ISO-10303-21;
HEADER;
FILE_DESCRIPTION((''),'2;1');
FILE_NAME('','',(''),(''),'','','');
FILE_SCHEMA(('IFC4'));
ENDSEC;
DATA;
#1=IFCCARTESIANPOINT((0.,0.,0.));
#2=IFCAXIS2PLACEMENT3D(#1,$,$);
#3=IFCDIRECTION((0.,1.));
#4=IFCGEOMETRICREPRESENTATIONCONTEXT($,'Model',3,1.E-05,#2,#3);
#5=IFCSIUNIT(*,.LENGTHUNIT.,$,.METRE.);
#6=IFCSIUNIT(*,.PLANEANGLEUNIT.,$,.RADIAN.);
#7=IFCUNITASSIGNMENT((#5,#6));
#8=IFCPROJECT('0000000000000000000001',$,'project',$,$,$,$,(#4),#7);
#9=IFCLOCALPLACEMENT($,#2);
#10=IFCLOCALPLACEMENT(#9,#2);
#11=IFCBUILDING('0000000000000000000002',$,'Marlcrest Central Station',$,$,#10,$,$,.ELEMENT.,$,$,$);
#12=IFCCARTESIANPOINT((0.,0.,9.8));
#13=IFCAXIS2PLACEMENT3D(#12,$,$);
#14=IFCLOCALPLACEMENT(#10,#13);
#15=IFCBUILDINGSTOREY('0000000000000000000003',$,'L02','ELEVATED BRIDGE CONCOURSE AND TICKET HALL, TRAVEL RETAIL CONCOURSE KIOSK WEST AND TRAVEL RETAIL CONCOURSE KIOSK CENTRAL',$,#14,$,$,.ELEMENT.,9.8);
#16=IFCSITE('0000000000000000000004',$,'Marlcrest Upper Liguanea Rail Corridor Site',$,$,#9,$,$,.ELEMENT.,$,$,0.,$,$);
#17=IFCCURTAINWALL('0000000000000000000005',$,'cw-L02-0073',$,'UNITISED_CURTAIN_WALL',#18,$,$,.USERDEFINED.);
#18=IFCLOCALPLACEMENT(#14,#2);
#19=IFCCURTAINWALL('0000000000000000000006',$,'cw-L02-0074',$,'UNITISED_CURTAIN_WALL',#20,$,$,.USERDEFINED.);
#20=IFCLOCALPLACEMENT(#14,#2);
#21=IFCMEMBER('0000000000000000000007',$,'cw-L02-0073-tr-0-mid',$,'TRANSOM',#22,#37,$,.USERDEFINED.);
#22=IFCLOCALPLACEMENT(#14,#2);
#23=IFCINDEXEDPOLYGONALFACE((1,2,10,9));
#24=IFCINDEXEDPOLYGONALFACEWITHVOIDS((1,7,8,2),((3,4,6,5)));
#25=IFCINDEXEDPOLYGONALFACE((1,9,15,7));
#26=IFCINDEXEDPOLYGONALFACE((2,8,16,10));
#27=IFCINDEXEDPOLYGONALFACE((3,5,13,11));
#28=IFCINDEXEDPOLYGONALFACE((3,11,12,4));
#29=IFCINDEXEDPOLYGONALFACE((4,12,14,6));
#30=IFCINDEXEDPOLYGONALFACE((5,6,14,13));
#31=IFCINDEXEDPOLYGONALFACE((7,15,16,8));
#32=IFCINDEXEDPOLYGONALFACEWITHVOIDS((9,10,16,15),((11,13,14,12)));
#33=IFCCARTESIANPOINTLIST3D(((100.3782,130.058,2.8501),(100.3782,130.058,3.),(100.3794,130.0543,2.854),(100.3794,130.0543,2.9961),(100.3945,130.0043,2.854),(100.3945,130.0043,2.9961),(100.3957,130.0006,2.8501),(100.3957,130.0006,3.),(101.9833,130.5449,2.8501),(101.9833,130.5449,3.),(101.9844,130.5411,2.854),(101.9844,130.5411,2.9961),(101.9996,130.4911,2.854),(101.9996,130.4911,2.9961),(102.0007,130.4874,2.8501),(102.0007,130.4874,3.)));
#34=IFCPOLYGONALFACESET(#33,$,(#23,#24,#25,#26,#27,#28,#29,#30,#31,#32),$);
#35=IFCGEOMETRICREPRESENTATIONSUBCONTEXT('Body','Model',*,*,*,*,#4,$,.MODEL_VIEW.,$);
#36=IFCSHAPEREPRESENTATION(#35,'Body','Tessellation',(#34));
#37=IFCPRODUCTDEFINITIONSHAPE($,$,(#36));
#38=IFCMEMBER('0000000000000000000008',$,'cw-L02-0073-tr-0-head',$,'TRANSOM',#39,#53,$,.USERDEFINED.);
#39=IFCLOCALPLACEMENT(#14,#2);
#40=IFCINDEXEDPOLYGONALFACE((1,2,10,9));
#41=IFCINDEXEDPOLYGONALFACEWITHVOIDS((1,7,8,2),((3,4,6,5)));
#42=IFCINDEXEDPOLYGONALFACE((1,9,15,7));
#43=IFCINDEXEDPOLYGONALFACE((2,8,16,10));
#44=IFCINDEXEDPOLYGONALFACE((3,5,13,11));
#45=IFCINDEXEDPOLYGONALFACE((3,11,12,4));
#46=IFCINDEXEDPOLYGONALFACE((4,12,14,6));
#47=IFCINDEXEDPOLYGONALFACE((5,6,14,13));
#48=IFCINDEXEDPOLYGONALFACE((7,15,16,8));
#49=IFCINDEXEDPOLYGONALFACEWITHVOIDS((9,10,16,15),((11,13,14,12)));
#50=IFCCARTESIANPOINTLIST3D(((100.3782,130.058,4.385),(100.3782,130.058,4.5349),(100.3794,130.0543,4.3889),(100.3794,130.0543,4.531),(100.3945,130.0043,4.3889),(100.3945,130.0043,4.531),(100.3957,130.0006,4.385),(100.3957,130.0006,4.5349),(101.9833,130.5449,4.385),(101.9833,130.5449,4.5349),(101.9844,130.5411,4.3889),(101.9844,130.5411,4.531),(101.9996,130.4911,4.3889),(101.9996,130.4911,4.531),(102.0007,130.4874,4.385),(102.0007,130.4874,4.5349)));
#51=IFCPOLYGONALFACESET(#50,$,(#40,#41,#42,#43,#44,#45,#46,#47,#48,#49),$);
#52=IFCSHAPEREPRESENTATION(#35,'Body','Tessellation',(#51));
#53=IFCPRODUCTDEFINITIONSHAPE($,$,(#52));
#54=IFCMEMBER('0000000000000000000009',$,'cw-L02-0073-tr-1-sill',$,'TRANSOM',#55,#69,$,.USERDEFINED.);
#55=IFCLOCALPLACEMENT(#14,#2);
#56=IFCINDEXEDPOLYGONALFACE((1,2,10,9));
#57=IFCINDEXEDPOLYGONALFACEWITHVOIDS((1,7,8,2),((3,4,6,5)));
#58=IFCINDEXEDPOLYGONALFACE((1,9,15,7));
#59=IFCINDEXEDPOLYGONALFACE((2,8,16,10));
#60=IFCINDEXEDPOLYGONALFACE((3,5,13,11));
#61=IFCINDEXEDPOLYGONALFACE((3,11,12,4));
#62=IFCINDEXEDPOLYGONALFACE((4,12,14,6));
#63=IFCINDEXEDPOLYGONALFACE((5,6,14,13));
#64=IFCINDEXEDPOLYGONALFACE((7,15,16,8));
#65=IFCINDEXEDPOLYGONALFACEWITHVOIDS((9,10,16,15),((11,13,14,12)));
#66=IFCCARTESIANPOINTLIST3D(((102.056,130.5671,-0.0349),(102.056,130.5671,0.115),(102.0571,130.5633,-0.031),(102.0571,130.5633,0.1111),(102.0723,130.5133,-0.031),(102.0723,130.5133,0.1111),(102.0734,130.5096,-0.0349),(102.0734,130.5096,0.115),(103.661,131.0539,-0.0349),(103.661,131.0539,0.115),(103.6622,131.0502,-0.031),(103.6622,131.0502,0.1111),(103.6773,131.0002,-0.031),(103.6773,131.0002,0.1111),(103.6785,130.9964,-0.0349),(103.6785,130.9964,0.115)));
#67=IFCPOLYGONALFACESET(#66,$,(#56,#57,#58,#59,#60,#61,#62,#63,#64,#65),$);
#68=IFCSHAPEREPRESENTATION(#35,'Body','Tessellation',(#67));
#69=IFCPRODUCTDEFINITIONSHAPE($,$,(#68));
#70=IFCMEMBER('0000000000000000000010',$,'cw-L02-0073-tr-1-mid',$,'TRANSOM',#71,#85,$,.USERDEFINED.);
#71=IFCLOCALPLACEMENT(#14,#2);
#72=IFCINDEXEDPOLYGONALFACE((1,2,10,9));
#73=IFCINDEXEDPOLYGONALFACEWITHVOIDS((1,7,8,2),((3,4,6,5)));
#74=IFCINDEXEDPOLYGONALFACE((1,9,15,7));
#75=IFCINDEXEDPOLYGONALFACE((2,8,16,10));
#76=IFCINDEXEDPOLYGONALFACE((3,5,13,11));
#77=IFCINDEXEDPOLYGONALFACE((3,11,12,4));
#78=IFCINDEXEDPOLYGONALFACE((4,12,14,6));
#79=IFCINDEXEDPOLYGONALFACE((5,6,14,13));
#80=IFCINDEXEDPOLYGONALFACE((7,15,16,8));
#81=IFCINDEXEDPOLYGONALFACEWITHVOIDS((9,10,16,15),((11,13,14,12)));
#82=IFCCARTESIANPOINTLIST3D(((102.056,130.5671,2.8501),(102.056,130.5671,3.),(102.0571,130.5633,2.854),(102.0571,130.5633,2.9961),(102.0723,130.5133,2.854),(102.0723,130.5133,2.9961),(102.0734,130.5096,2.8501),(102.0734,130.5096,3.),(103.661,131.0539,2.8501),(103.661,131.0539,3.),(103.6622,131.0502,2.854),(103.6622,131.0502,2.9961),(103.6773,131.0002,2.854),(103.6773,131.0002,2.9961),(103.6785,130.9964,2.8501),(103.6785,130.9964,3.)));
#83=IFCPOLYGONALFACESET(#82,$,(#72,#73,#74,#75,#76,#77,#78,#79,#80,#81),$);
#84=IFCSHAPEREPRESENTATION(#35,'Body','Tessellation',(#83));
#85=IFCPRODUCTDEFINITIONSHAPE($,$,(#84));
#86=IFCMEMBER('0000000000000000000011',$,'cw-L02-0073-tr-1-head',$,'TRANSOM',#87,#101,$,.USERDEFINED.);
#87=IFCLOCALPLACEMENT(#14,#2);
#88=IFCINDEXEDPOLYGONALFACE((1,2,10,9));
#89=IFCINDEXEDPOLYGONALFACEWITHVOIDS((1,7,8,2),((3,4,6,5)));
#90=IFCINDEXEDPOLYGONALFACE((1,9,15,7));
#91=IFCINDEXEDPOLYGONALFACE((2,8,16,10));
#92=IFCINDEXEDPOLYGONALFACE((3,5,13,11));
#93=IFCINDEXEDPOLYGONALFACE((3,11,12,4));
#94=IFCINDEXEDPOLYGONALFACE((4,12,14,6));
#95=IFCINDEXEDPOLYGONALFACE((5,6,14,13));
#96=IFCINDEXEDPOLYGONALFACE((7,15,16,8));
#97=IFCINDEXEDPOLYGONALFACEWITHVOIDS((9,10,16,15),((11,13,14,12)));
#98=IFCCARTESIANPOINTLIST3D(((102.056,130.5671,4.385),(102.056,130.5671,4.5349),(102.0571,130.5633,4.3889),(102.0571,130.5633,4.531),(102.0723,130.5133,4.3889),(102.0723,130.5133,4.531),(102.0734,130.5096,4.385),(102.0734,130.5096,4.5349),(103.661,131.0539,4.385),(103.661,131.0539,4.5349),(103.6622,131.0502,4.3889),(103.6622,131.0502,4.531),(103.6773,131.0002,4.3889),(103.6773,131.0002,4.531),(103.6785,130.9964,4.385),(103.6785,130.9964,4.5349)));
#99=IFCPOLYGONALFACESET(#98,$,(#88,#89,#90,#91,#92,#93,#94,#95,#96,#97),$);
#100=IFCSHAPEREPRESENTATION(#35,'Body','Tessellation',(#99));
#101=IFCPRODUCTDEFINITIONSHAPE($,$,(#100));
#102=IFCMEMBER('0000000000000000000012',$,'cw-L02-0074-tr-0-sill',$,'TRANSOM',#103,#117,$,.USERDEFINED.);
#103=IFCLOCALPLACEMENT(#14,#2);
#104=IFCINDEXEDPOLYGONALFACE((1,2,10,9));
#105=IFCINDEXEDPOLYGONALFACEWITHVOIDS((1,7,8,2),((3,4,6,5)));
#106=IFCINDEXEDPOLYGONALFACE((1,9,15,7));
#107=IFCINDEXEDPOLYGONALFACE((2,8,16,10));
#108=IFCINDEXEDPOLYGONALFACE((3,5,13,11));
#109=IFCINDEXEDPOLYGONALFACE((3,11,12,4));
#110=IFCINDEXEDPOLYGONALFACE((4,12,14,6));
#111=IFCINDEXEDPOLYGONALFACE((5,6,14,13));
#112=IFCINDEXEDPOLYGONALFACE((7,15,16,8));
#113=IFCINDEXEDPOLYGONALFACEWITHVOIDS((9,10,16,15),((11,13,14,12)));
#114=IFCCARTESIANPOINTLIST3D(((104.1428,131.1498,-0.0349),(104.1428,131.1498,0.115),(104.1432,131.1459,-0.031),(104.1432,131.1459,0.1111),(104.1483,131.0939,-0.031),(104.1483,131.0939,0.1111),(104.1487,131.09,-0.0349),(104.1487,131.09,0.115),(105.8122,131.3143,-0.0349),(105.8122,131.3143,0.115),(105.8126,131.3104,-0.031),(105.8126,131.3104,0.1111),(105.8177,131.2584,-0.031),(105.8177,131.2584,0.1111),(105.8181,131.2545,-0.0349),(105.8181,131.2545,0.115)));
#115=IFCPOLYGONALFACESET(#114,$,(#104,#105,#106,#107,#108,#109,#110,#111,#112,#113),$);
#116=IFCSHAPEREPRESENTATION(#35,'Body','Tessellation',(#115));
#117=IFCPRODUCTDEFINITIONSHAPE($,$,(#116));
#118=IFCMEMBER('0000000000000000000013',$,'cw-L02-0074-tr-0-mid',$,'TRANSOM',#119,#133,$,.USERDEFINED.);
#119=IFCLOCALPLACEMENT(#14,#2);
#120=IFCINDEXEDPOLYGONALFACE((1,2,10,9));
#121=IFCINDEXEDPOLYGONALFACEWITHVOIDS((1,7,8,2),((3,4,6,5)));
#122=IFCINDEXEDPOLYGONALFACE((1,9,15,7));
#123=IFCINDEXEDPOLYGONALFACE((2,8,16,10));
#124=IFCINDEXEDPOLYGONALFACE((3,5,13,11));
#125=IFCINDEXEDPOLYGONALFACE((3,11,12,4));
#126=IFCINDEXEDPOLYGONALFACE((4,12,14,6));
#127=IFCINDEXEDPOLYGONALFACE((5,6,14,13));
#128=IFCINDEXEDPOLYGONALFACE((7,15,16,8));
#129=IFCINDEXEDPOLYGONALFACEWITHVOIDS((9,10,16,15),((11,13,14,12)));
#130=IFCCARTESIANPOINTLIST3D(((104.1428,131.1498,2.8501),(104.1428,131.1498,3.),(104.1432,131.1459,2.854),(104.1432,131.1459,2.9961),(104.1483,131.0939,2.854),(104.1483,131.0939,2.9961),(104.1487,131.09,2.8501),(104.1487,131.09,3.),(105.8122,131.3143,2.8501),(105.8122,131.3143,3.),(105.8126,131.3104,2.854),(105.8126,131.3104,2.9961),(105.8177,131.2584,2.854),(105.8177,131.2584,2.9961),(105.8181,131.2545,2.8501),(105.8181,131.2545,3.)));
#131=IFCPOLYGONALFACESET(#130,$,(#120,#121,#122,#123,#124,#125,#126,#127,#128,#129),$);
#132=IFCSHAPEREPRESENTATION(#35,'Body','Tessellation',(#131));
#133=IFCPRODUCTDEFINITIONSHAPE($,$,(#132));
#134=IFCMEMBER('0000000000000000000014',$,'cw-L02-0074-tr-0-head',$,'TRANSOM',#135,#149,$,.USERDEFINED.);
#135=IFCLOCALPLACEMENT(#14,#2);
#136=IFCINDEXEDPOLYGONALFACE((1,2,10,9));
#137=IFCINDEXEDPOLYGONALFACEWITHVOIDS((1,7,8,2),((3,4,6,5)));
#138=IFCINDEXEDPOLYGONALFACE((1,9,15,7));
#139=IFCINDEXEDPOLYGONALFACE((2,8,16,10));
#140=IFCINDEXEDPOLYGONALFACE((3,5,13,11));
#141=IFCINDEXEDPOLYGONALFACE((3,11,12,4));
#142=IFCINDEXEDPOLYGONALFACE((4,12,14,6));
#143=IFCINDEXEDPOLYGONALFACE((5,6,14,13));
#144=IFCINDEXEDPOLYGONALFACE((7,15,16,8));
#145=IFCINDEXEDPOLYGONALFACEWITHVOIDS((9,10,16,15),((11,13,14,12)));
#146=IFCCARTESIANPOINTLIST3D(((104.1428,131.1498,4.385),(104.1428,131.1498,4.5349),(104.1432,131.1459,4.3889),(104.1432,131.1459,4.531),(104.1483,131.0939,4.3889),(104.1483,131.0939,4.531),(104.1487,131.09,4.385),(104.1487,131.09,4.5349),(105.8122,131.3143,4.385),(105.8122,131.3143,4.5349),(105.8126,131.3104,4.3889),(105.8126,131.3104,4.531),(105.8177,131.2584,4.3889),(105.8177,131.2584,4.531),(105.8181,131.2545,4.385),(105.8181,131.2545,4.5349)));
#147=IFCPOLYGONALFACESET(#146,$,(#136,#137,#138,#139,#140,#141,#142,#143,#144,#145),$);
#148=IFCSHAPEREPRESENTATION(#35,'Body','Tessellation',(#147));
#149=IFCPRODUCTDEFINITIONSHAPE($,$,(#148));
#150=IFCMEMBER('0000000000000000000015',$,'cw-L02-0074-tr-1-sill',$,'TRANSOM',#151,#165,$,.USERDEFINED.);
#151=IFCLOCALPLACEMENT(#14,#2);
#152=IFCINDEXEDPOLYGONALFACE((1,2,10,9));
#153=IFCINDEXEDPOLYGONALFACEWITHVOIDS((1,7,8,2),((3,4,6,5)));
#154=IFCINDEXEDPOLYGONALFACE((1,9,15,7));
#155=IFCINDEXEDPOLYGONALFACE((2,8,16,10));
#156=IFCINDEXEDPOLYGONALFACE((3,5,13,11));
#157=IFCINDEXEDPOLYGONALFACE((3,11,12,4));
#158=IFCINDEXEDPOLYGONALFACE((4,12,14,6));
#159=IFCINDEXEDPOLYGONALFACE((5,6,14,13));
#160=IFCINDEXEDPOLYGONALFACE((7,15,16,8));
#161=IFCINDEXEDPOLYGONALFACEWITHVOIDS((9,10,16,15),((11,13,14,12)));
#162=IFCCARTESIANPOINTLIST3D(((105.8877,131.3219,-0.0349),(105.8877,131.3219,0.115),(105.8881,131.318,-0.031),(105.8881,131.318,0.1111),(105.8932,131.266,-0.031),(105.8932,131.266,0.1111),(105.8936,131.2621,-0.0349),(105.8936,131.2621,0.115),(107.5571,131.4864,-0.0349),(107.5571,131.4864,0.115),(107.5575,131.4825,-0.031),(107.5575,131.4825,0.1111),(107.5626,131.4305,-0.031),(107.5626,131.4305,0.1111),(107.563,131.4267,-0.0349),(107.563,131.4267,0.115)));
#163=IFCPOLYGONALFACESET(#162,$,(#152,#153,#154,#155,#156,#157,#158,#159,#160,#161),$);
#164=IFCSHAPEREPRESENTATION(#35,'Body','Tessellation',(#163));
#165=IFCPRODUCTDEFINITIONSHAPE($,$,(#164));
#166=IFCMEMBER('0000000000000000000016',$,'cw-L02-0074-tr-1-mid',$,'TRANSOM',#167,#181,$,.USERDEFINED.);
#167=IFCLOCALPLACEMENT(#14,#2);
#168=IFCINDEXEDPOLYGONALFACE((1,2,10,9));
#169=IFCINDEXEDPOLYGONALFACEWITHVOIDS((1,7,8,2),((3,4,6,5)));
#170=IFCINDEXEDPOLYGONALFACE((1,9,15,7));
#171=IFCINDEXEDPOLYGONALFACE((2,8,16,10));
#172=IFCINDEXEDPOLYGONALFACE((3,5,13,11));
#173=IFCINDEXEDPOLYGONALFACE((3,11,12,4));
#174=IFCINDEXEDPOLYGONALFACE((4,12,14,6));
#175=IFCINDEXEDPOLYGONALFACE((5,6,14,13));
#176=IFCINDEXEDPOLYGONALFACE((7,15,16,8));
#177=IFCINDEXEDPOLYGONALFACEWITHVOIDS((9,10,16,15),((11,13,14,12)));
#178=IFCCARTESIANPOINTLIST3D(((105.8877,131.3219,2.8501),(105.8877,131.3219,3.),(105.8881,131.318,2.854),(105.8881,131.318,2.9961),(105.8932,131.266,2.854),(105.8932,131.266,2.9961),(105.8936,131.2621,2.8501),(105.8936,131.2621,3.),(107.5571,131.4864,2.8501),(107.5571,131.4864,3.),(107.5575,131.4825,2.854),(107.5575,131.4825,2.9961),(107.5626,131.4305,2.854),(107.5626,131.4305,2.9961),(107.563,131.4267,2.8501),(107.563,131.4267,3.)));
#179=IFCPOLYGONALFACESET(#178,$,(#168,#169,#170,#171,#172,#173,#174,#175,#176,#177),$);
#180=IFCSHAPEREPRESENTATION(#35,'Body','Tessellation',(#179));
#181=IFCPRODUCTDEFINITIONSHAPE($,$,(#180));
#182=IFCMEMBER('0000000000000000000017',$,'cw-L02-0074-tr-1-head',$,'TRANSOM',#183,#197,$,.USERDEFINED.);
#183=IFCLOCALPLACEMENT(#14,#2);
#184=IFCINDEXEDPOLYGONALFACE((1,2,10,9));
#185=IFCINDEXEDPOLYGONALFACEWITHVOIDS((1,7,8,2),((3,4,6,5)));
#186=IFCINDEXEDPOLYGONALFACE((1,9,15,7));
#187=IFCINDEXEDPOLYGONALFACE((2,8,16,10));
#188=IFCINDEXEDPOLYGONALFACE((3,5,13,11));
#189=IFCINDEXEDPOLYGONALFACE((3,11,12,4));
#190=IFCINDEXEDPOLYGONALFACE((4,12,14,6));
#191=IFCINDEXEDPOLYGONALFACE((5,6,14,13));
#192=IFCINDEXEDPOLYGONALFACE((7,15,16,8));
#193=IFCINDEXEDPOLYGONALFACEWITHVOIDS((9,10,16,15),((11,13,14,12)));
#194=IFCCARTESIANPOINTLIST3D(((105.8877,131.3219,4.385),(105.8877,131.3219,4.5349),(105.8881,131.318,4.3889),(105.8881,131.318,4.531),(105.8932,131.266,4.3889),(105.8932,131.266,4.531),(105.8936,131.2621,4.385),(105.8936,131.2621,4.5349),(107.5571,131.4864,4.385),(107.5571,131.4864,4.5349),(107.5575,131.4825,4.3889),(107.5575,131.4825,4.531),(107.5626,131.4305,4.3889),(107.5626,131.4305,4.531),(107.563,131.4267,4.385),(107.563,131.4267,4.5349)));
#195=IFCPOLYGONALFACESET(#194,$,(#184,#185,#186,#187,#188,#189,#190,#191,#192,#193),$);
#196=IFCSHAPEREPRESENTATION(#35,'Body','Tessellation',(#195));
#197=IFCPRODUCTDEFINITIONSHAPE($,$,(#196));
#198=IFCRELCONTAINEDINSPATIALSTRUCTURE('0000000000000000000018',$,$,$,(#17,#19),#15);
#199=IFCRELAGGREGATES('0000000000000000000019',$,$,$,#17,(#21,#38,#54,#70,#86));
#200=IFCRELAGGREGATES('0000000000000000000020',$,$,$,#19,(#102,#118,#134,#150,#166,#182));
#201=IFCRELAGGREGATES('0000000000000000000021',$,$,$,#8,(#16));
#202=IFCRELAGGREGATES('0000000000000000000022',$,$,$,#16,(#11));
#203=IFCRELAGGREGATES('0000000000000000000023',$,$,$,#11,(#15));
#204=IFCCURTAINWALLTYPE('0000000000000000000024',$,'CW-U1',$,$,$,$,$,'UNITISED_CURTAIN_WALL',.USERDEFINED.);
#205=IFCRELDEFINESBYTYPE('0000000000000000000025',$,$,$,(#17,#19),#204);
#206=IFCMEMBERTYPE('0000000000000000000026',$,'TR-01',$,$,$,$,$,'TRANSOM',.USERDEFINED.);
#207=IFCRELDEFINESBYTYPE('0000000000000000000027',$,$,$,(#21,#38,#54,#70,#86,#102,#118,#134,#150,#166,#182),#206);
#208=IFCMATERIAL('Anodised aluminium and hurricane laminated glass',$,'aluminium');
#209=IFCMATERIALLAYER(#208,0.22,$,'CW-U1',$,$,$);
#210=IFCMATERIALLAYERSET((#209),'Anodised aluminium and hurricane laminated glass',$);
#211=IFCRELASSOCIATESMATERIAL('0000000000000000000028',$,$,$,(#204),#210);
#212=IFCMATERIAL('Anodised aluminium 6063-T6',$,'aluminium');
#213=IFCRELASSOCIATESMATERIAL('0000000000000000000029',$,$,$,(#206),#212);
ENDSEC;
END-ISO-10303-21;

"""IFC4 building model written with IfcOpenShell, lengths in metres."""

from ifc_helpers import new_model, si_unit, direction, frame, origin, origin_2d, place, context, subcontext, project, spatial, hollow_rectangle, extrude, material, layer, layer_set, material_profile, profile_set, type_object, element, aggregate, save


model = new_model("IFC4")

# Units and contexts
model_context = context("Model", 3, precision=1e-05, world=origin(), true_north=direction((0.0, 1.0)))
body_context = subcontext(model_context, "Body", "Model", "MODEL_VIEW")
ifc_project = project(units=[si_unit("LENGTHUNIT", "METRE"), si_unit("PLANEANGLEUNIT", "RADIAN")], contexts=[model_context])

# Site, building, storey
site_placement = place(None, origin())
site = spatial("IfcSite", under=ifc_project, at=site_placement, Name="Marlcrest Upper Liguanea Rail Corridor Site", CompositionType="ELEMENT", RefElevation=0.0)
building_placement = place(site_placement, origin())
building = spatial("IfcBuilding", under=site, at=building_placement, Name="Marlcrest Central Station", CompositionType="ELEMENT")
storey_placement = place(building_placement, frame((0.0, 0.0, 9.8)))
storey = spatial("IfcBuildingStorey", under=building, at=storey_placement, Name="L02", Description="ELEVATED BRIDGE CONCOURSE AND TICKET HALL, TRAVEL RETAIL CONCOURSE KIOSK WEST AND TRAVEL RETAIL CONCOURSE KIOSK CENTRAL", CompositionType="ELEMENT", Elevation=9.8)

# Curtain walls
ifc_material_1 = material(Name="Anodised aluminium and hurricane laminated glass", Category="aluminium")
ifc_layer_1 = layer(ifc_material_1, 0.22, Name="CW-U1")
ifc_layer_set_1 = layer_set([ifc_layer_1], Name="Anodised aluminium and hurricane laminated glass")
curtain_wall_type = type_object("IfcCurtainWallType", Name="CW-U1", ElementType="UNITISED_CURTAIN_WALL", PredefinedType="USERDEFINED", material=ifc_layer_set_1)
curtain_wall_1_placement = place(storey_placement, origin())
curtain_wall_1 = element("IfcCurtainWall", 1, at=curtain_wall_1_placement, inside=storey, type_object=curtain_wall_type, Name="cw-L02-0073", ObjectType="UNITISED_CURTAIN_WALL", PredefinedType="USERDEFINED")
ifc_material_2 = material(Name="Anodised aluminium 6063-T6", Category="aluminium")
curtain_wall_2_placement = place(storey_placement, origin())
curtain_wall_2 = element("IfcCurtainWall", 2, at=curtain_wall_2_placement, inside=storey, type_object=curtain_wall_type, Name="cw-L02-0074", ObjectType="UNITISED_CURTAIN_WALL", PredefinedType="USERDEFINED")

# Members
ifc_material_profile_1 = material_profile(ifc_material_2, hollow_rectangle(XDim=0.0601, YDim=0.1499, WallThickness=0.0039, at=origin_2d()), Name="AA-RHS 150x60x4")
ifc_profile_set_1 = profile_set([ifc_material_profile_1], Name="Anodised aluminium 6063-T6")
member_type_1 = type_object("IfcMemberType", Name="TR-01", ElementType="TRANSOM", PredefinedType="USERDEFINED", material=ifc_profile_set_1)
member_1_placement = place(storey_placement, frame((100.387, 130.0293, 2.925), z_axis=(0.956948, 0.290258, 0.0), x_axis=(-0.290258, 0.956948, 0.0)))
member_1 = element("IfcMember", 3, at=member_1_placement, type_object=member_type_1, Name="cw-L02-0073-tr-0-mid", ObjectType="TRANSOM", PredefinedType="USERDEFINED", context=body_context, shape_type="SweptSolid", body=[
    extrude(hollow_rectangle(XDim=0.0601, YDim=0.1499, WallThickness=0.0039, at=origin_2d()), origin(), (0.0, 0.0, 1.0), 1.6772),
])
member_2_placement = place(storey_placement, frame((100.387, 130.0293, 4.46), z_axis=(0.956948, 0.290258, 0.0), x_axis=(-0.290258, 0.956948, 0.0)))
member_2 = element("IfcMember", 4, at=member_2_placement, type_object=member_type_1, Name="cw-L02-0073-tr-0-head", ObjectType="TRANSOM", PredefinedType="USERDEFINED", context=body_context, shape_type="SweptSolid", body=[
    extrude(hollow_rectangle(XDim=0.0601, YDim=0.1499, WallThickness=0.0039, at=origin_2d()), origin(), (0.0, 0.0, 1.0), 1.6772),
])
member_3_placement = place(storey_placement, frame((102.0647, 130.5383, 0.04), z_axis=(0.956948, 0.290258, 0.0), x_axis=(-0.290258, 0.956948, 0.0)))
member_3 = element("IfcMember", 5, at=member_3_placement, type_object=member_type_1, Name="cw-L02-0073-tr-1-sill", ObjectType="TRANSOM", PredefinedType="USERDEFINED", context=body_context, shape_type="SweptSolid", body=[
    extrude(hollow_rectangle(XDim=0.0601, YDim=0.1499, WallThickness=0.0039, at=origin_2d()), origin(), (0.0, 0.0, 1.0), 1.6772),
])
member_4_placement = place(storey_placement, frame((102.0647, 130.5383, 2.925), z_axis=(0.956948, 0.290258, 0.0), x_axis=(-0.290258, 0.956948, 0.0)))
member_4 = element("IfcMember", 6, at=member_4_placement, type_object=member_type_1, Name="cw-L02-0073-tr-1-mid", ObjectType="TRANSOM", PredefinedType="USERDEFINED", context=body_context, shape_type="SweptSolid", body=[
    extrude(hollow_rectangle(XDim=0.0601, YDim=0.1499, WallThickness=0.0039, at=origin_2d()), origin(), (0.0, 0.0, 1.0), 1.6772),
])
member_5_placement = place(storey_placement, frame((102.0647, 130.5383, 4.46), z_axis=(0.956948, 0.290258, 0.0), x_axis=(-0.290258, 0.956948, 0.0)))
member_5 = element("IfcMember", 7, at=member_5_placement, type_object=member_type_1, Name="cw-L02-0073-tr-1-head", ObjectType="TRANSOM", PredefinedType="USERDEFINED", context=body_context, shape_type="SweptSolid", body=[
    extrude(hollow_rectangle(XDim=0.0601, YDim=0.1499, WallThickness=0.0039, at=origin_2d()), origin(), (0.0, 0.0, 1.0), 1.6772),
])
member_6_placement = place(storey_placement, frame((104.1458, 131.1199, 0.04), z_axis=(0.995177, 0.098091, 0.0), x_axis=(-0.098091, 0.995177, 0.0)))
member_6 = element("IfcMember", 8, at=member_6_placement, type_object=member_type_1, Name="cw-L02-0074-tr-0-sill", ObjectType="TRANSOM", PredefinedType="USERDEFINED", context=body_context, shape_type="SweptSolid", body=[
    extrude(hollow_rectangle(XDim=0.0601, YDim=0.1499, WallThickness=0.0039, at=origin_2d()), origin(), (0.0, 0.0, 1.0), 1.6775),
])
member_7_placement = place(storey_placement, frame((104.1458, 131.1199, 2.925), z_axis=(0.995177, 0.098091, 0.0), x_axis=(-0.098091, 0.995177, 0.0)))
member_7 = element("IfcMember", 9, at=member_7_placement, type_object=member_type_1, Name="cw-L02-0074-tr-0-mid", ObjectType="TRANSOM", PredefinedType="USERDEFINED", context=body_context, shape_type="SweptSolid", body=[
    extrude(hollow_rectangle(XDim=0.0601, YDim=0.1499, WallThickness=0.0039, at=origin_2d()), origin(), (0.0, 0.0, 1.0), 1.6775),
])
member_8_placement = place(storey_placement, frame((104.1458, 131.1199, 4.46), z_axis=(0.995177, 0.098091, 0.0), x_axis=(-0.098091, 0.995177, 0.0)))
member_8 = element("IfcMember", 10, at=member_8_placement, type_object=member_type_1, Name="cw-L02-0074-tr-0-head", ObjectType="TRANSOM", PredefinedType="USERDEFINED", context=body_context, shape_type="SweptSolid", body=[
    extrude(hollow_rectangle(XDim=0.0601, YDim=0.1499, WallThickness=0.0039, at=origin_2d()), origin(), (0.0, 0.0, 1.0), 1.6775),
])
member_9_placement = place(storey_placement, frame((105.8906, 131.292, 0.04), z_axis=(0.995177, 0.098091, 0.0), x_axis=(-0.098091, 0.995177, 0.0)))
member_9 = element("IfcMember", 11, at=member_9_placement, type_object=member_type_1, Name="cw-L02-0074-tr-1-sill", ObjectType="TRANSOM", PredefinedType="USERDEFINED", context=body_context, shape_type="SweptSolid", body=[
    extrude(hollow_rectangle(XDim=0.0601, YDim=0.1499, WallThickness=0.0039, at=origin_2d()), origin(), (0.0, 0.0, 1.0), 1.6775),
])
member_10_placement = place(storey_placement, frame((105.8906, 131.292, 2.925), z_axis=(0.995177, 0.098091, 0.0), x_axis=(-0.098091, 0.995177, 0.0)))
member_10 = element("IfcMember", 12, at=member_10_placement, type_object=member_type_1, Name="cw-L02-0074-tr-1-mid", ObjectType="TRANSOM", PredefinedType="USERDEFINED", context=body_context, shape_type="SweptSolid", body=[
    extrude(hollow_rectangle(XDim=0.0601, YDim=0.1499, WallThickness=0.0039, at=origin_2d()), origin(), (0.0, 0.0, 1.0), 1.6775),
])
member_11_placement = place(storey_placement, frame((105.8906, 131.292, 4.46), z_axis=(0.995177, 0.098091, 0.0), x_axis=(-0.098091, 0.995177, 0.0)))
member_11 = element("IfcMember", 13, at=member_11_placement, type_object=member_type_1, Name="cw-L02-0074-tr-1-head", ObjectType="TRANSOM", PredefinedType="USERDEFINED", context=body_context, shape_type="SweptSolid", body=[
    extrude(hollow_rectangle(XDim=0.0601, YDim=0.1499, WallThickness=0.0039, at=origin_2d()), origin(), (0.0, 0.0, 1.0), 1.6775),
])

aggregate(curtain_wall_1, [member_1, member_2, member_3, member_4, member_5])
aggregate(curtain_wall_2, [member_6, member_7, member_8, member_9, member_10, member_11])

save(model, "model.ifc")
